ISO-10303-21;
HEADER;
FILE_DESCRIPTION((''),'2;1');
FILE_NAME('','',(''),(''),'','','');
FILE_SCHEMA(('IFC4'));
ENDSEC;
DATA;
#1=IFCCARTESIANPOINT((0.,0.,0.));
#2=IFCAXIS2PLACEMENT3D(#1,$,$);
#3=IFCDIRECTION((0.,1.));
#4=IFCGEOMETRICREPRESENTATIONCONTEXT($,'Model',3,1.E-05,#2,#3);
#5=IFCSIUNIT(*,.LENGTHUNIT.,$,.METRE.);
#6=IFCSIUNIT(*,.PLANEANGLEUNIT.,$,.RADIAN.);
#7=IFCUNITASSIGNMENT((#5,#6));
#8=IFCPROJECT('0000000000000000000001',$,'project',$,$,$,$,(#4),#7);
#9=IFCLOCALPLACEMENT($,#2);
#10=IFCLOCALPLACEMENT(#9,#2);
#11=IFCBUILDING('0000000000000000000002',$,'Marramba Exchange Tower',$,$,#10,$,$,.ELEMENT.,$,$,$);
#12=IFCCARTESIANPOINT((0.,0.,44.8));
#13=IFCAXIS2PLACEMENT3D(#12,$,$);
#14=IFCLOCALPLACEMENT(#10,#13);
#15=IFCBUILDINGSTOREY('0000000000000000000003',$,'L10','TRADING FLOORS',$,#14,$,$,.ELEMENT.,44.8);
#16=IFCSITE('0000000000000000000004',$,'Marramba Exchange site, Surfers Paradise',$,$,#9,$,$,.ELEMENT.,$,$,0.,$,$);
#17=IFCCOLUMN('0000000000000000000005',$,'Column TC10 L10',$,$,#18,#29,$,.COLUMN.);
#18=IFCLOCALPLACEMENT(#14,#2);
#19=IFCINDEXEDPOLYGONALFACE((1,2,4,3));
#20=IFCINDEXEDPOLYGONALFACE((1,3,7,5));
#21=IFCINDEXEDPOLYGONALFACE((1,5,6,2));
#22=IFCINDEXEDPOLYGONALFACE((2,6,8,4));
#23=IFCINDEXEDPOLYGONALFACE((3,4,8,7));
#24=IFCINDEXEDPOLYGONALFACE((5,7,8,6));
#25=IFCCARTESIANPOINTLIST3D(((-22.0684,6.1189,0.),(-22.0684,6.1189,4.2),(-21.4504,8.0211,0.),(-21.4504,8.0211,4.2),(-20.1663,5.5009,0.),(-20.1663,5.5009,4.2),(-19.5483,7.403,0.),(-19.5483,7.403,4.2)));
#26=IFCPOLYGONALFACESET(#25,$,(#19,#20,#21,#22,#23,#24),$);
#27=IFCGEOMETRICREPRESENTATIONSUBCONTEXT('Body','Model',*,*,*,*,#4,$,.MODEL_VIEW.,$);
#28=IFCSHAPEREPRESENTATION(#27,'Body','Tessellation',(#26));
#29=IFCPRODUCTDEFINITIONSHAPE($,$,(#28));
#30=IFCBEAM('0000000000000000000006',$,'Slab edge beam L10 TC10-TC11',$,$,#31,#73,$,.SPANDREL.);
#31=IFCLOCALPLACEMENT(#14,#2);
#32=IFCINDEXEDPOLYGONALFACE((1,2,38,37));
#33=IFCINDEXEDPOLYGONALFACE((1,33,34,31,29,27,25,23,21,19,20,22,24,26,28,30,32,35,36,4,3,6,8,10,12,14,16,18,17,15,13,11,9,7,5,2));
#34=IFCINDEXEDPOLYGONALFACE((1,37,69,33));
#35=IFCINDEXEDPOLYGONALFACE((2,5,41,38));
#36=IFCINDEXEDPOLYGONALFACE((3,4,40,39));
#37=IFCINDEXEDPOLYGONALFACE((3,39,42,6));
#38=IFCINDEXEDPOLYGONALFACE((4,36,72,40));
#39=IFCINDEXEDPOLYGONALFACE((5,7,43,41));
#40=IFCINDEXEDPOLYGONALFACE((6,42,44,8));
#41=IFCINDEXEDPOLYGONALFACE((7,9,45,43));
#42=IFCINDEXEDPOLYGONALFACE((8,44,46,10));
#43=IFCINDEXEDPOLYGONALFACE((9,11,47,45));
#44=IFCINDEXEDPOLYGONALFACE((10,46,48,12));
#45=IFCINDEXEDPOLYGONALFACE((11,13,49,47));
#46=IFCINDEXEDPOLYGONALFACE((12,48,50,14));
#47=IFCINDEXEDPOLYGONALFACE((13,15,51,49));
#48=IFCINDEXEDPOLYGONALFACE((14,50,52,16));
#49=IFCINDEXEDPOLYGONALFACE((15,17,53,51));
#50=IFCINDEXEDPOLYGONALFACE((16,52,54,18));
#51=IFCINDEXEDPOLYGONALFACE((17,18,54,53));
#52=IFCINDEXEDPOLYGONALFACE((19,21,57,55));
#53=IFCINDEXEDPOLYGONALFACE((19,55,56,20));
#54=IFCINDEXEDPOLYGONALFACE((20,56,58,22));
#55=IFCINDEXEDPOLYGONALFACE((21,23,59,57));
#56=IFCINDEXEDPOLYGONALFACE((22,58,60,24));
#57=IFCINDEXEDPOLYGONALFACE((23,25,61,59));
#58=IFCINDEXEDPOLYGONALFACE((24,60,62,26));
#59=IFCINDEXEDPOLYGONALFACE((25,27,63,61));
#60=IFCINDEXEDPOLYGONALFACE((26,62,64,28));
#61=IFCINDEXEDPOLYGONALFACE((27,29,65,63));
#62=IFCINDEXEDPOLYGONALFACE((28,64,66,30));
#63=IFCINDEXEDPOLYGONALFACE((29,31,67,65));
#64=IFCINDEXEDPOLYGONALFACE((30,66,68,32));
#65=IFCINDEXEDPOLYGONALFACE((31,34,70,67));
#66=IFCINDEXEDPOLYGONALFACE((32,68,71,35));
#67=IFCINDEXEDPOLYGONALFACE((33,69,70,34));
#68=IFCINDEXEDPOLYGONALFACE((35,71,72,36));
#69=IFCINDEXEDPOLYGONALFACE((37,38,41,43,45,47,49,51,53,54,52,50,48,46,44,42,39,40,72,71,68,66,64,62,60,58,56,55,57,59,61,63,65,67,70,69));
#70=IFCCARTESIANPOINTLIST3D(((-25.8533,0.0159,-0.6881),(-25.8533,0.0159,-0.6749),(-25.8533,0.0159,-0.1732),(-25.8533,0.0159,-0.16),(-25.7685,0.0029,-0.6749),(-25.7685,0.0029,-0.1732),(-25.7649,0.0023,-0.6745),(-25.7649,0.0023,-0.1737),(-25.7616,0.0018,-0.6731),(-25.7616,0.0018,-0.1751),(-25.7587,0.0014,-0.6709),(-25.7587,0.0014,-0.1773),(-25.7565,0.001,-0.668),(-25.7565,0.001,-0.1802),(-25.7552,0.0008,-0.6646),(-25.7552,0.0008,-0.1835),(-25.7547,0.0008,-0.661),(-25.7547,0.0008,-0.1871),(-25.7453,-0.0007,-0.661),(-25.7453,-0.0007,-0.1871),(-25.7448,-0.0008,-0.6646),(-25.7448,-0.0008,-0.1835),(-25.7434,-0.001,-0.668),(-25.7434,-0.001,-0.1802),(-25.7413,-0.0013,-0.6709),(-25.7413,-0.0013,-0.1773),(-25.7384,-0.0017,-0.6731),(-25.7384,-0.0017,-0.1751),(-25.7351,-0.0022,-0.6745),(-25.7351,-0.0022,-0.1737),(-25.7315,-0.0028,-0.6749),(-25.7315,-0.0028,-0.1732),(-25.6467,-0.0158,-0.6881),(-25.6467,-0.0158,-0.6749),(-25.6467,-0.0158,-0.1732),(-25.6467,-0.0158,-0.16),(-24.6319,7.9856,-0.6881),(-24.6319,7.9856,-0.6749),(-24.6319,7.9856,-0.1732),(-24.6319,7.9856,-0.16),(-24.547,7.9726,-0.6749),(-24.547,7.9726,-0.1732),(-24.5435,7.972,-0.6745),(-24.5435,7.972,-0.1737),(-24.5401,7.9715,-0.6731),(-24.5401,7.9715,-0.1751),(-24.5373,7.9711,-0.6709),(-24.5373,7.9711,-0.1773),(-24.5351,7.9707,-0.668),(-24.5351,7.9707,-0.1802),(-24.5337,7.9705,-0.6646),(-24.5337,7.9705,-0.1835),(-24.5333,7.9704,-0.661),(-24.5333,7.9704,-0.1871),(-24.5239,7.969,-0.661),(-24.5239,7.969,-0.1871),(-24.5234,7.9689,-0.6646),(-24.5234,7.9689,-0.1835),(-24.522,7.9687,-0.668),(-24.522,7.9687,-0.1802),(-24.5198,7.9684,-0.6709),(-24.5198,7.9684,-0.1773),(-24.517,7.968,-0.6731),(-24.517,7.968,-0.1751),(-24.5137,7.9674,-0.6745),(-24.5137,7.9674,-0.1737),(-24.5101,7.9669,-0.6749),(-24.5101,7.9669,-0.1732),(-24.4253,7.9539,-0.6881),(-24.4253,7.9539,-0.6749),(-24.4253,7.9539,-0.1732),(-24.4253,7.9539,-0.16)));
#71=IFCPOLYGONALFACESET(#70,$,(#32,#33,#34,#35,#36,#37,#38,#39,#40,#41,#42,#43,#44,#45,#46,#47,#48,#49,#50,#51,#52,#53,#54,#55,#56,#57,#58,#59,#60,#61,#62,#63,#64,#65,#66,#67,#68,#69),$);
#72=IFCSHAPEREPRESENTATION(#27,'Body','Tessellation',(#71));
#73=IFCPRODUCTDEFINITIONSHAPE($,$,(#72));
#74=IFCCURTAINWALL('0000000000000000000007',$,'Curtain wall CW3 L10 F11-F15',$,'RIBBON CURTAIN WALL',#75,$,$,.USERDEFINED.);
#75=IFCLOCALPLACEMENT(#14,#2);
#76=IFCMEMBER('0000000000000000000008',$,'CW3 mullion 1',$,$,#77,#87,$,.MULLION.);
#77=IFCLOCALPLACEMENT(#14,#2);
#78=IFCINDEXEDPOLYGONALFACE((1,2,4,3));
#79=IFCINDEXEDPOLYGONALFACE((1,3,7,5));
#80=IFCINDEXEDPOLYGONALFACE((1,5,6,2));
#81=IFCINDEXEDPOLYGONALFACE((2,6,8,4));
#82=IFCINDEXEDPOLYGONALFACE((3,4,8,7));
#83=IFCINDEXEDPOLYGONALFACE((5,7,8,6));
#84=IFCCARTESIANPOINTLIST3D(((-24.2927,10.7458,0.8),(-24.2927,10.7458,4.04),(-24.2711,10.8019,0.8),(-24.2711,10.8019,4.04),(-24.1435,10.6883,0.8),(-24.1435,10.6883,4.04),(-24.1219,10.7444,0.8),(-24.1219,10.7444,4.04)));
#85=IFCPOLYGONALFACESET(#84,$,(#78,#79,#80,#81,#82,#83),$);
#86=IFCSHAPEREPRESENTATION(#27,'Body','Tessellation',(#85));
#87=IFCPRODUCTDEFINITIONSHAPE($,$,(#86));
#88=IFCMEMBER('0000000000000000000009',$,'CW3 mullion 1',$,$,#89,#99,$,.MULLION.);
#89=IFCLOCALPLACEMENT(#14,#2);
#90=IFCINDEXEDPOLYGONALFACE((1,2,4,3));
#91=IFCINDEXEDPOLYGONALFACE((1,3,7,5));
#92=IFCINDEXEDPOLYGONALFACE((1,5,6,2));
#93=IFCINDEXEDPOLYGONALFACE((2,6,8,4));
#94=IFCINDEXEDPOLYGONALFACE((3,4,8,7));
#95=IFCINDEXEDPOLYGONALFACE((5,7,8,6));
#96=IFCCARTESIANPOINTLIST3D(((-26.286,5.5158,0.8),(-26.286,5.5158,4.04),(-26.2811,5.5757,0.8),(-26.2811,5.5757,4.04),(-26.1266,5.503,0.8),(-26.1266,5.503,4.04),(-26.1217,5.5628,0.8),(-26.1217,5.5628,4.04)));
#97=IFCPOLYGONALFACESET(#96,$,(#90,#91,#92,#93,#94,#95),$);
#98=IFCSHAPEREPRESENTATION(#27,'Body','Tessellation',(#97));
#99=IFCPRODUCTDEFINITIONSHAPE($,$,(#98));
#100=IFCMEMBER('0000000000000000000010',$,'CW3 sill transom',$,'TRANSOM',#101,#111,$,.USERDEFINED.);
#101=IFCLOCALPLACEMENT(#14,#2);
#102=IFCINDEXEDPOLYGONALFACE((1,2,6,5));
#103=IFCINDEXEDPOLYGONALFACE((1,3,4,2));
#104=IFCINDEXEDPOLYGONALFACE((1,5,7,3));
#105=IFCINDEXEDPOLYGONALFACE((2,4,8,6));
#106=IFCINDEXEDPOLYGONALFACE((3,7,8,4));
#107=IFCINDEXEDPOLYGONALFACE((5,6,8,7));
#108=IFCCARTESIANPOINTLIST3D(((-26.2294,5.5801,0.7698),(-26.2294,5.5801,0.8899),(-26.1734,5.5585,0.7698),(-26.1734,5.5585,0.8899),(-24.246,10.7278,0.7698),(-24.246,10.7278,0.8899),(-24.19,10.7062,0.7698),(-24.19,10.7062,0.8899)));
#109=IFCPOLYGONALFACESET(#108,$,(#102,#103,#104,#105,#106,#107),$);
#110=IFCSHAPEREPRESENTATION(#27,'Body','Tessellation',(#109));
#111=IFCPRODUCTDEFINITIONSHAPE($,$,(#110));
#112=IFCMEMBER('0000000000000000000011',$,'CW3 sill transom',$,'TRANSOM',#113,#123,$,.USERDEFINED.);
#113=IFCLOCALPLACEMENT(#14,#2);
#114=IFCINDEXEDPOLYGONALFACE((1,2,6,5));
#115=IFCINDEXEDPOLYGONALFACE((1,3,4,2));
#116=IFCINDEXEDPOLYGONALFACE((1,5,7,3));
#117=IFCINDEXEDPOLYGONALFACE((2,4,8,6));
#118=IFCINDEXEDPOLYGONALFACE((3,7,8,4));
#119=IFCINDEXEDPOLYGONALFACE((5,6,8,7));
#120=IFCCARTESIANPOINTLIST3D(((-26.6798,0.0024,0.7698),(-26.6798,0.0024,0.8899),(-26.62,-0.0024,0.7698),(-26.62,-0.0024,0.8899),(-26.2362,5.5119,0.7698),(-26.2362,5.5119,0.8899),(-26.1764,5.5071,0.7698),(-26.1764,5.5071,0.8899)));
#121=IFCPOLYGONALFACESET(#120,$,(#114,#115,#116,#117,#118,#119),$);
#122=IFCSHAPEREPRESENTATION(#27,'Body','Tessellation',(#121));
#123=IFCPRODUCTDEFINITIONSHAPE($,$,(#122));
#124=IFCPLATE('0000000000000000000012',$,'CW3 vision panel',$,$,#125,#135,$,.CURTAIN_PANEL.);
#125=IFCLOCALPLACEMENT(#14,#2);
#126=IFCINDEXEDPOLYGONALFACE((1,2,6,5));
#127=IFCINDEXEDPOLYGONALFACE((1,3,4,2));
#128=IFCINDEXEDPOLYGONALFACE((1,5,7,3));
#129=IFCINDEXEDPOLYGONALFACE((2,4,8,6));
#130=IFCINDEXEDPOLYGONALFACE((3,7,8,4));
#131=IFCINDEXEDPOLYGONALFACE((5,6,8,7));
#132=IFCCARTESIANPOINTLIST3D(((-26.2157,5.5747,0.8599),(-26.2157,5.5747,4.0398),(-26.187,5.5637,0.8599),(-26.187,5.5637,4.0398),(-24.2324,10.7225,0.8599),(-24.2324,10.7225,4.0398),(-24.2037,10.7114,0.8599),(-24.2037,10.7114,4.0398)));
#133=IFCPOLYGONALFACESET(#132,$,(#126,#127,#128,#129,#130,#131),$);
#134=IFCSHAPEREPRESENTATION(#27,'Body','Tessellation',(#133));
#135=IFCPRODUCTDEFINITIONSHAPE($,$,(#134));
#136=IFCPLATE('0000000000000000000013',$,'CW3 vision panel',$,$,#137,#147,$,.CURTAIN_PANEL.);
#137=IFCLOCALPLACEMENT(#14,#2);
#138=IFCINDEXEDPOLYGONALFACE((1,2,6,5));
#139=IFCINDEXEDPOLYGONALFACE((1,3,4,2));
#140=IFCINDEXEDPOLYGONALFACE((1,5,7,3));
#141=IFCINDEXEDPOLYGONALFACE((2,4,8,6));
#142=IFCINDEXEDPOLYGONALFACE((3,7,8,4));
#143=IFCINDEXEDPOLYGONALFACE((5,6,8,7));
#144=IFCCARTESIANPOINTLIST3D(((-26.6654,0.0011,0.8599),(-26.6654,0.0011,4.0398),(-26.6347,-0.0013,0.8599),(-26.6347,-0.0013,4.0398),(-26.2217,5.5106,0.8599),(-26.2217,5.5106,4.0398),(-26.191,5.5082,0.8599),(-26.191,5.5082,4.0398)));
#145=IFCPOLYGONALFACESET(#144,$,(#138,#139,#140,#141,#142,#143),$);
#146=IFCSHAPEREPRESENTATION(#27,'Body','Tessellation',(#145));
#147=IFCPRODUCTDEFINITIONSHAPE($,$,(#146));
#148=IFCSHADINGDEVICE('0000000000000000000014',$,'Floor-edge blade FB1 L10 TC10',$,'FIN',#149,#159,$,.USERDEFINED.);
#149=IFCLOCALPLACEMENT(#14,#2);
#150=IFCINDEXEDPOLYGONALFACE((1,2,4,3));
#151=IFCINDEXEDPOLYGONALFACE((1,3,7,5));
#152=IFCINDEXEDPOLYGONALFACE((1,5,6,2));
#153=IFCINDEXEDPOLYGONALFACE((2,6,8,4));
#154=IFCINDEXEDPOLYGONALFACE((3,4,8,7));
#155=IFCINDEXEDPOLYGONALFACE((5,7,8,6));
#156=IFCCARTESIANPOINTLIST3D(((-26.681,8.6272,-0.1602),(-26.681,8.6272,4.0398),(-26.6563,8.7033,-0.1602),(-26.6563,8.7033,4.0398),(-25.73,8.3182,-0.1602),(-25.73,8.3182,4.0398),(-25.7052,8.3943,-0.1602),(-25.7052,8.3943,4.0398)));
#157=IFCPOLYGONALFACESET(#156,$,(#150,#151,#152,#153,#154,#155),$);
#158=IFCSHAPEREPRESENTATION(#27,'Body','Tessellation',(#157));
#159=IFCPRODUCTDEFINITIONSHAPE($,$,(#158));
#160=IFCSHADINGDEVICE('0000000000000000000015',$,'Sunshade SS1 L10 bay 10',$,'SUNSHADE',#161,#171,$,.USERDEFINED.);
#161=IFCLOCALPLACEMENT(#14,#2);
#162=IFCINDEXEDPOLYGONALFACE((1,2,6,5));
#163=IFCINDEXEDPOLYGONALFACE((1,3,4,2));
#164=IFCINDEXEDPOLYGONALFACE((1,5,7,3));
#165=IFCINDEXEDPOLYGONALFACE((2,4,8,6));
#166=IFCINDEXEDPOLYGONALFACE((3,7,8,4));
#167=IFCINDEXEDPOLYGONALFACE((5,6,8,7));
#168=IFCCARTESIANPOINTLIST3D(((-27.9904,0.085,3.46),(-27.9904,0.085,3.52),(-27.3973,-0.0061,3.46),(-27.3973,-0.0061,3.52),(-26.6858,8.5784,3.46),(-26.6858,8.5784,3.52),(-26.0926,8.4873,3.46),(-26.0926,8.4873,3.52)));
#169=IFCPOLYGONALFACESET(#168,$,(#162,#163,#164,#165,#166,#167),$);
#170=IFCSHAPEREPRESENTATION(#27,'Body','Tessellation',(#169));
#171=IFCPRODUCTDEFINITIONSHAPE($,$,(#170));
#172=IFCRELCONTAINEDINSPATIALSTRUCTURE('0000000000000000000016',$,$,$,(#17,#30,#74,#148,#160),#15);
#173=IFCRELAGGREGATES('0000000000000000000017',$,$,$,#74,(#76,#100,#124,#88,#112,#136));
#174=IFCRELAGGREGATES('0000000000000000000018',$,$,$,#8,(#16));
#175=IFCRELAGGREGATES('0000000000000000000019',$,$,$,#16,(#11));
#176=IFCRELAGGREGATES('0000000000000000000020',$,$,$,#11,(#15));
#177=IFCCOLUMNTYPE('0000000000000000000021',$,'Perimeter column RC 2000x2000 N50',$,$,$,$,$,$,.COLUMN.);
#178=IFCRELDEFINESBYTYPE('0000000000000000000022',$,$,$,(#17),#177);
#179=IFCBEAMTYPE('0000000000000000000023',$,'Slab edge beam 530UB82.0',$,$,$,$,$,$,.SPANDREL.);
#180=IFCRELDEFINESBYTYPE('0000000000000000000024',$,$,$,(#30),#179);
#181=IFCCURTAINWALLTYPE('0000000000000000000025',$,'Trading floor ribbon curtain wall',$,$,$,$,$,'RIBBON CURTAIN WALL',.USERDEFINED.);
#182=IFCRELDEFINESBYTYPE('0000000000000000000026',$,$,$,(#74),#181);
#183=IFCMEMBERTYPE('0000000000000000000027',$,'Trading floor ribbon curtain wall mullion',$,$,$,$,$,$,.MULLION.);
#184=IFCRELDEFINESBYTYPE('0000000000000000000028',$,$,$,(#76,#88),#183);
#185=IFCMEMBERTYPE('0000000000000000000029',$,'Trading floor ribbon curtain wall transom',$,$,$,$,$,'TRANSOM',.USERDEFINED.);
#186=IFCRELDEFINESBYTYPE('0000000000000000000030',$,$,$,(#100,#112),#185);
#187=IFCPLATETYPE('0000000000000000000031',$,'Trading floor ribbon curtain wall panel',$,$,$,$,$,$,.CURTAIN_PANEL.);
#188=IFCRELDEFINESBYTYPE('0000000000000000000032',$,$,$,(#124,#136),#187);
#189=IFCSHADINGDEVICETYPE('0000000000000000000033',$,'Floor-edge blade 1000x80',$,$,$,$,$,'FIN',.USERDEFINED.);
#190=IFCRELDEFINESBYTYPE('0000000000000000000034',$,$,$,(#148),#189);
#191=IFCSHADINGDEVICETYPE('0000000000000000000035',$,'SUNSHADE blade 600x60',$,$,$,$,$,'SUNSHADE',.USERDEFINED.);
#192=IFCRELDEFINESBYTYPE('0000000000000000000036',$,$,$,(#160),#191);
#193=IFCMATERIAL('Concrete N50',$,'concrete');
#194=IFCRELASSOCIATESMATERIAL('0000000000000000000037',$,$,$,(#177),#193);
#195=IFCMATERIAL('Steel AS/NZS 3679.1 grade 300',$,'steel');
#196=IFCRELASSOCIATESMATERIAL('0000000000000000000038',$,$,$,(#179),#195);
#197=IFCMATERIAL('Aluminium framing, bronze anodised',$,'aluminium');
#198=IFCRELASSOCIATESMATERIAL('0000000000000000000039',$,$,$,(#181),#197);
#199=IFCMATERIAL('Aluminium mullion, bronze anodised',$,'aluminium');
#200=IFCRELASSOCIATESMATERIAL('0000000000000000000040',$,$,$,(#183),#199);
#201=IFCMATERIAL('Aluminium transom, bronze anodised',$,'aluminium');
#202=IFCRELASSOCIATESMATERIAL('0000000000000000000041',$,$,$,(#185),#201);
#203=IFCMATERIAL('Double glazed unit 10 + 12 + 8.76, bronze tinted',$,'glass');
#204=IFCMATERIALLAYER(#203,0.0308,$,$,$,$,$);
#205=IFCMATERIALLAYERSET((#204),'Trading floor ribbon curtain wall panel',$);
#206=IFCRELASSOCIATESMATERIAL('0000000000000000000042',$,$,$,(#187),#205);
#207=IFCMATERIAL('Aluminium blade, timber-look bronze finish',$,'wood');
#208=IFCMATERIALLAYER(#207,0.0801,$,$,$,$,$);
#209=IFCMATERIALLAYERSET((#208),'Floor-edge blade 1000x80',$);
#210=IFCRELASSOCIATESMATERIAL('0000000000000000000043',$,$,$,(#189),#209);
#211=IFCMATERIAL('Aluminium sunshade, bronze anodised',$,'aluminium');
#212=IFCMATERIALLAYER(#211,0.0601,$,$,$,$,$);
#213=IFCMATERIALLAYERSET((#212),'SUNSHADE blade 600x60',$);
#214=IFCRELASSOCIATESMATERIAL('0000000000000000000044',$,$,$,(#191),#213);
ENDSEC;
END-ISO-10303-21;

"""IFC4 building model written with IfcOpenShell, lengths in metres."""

from ifc_helpers import new_model, si_unit, direction, frame, origin, origin_2d, place, context, subcontext, project, spatial, rectangle, i_section, extrude, material, layer, layer_set, material_profile, profile_set, type_object, element, aggregate, save


model = new_model("IFC4")

# Units and contexts
model_context = context("Model", 3, precision=1e-05, world=origin(), true_north=direction((0.0, 1.0)))
body_context = subcontext(model_context, "Body", "Model", "MODEL_VIEW")
ifc_project = project(units=[si_unit("LENGTHUNIT", "METRE"), si_unit("PLANEANGLEUNIT", "RADIAN")], contexts=[model_context])

# Site, building, storey
site_placement = place(None, origin())
site = spatial("IfcSite", under=ifc_project, at=site_placement, Name="Marramba Exchange site, Surfers Paradise", CompositionType="ELEMENT", RefElevation=0.0)
building_placement = place(site_placement, origin())
building = spatial("IfcBuilding", under=site, at=building_placement, Name="Marramba Exchange Tower", CompositionType="ELEMENT")
storey_placement = place(building_placement, frame((0.0, 0.0, 44.8)))
storey = spatial("IfcBuildingStorey", under=building, at=storey_placement, Name="L10", Description="TRADING FLOORS", CompositionType="ELEMENT", Elevation=44.8)

# Column
ifc_material_1 = material(Name="Concrete N50", Category="concrete")
ifc_material_profile_1 = material_profile(ifc_material_1, rectangle(XDim=2.0, YDim=2.0, at=origin_2d()), Name="RC 2000x2000")
ifc_profile_set_1 = profile_set([ifc_material_profile_1], Name="Concrete N50")
column_type = type_object("IfcColumnType", Name="Perimeter column RC 2000x2000 N50", PredefinedType="COLUMN", material=ifc_profile_set_1)
column_placement = place(storey_placement, frame((-20.8083, 6.761, 0.0), z_axis=(0.0, 0.0, 1.0), x_axis=(-0.951057, 0.309017, 0.0)))
element("IfcColumn", 1, at=column_placement, inside=storey, type_object=column_type, Name="Column TC10 L10", PredefinedType="COLUMN", context=body_context, shape_type="SweptSolid", body=[
    extrude(rectangle(XDim=2.0, YDim=2.0, at=origin_2d()), origin(), (0.0, 0.0, 1.0), 4.2),
])

# Beam
ifc_material_2 = material(Name="Steel AS/NZS 3679.1 grade 300", Category="steel")
ifc_material_profile_2 = material_profile(ifc_material_2, i_section(OverallWidth=0.209, OverallDepth=0.5281, WebThickness=0.0095, FlangeThickness=0.0132, FilletRadius=0.0139, at=origin_2d()), Name="530UB82.0")
ifc_profile_set_2 = profile_set([ifc_material_profile_2], Name="Steel AS/NZS 3679.1 grade 300")
beam_type = type_object("IfcBeamType", Name="Slab edge beam 530UB82.0", PredefinedType="SPANDREL", material=ifc_profile_set_2)
beam_placement = place(storey_placement, frame((-24.5286, 7.9697, -0.4241), z_axis=(-0.151491, -0.988459, 0.0), x_axis=(0.988459, -0.151491, 0.0)))
element("IfcBeam", 2, at=beam_placement, inside=storey, type_object=beam_type, Name="Slab edge beam L10 TC10-TC11", PredefinedType="SPANDREL", context=body_context, shape_type="SweptSolid", body=[
    extrude(i_section(OverallWidth=0.209, OverallDepth=0.5281, WebThickness=0.0095, FlangeThickness=0.0132, FilletRadius=0.0139, at=origin_2d()), origin(), (0.0, 0.0, 1.0), 8.0627),
])

# Curtain wall, members, plates
ifc_material_3 = material(Name="Aluminium framing, bronze anodised", Category="aluminium")
curtain_wall_type = type_object("IfcCurtainWallType", Name="Trading floor ribbon curtain wall", ElementType="RIBBON CURTAIN WALL", PredefinedType="USERDEFINED", material=ifc_material_3)
curtain_wall_placement = place(storey_placement, origin())
curtain_wall = element("IfcCurtainWall", 3, at=curtain_wall_placement, inside=storey, type_object=curtain_wall_type, Name="Curtain wall CW3 L10 F11-F15", ObjectType="RIBBON CURTAIN WALL", PredefinedType="USERDEFINED")
ifc_material_4 = material(Name="Aluminium mullion, bronze anodised", Category="aluminium")
ifc_material_profile_3 = material_profile(ifc_material_4, rectangle(XDim=0.1599, YDim=0.0601, at=origin_2d()), Name="CW3 mullion 60x160")
ifc_profile_set_3 = profile_set([ifc_material_profile_3], Name="Aluminium mullion, bronze anodised")
member_type_1 = type_object("IfcMemberType", Name="Trading floor ribbon curtain wall mullion", PredefinedType="MULLION", material=ifc_profile_set_3)
member_1_placement = place(storey_placement, frame((-24.2073, 10.7451, 0.8), z_axis=(0.0, 0.0, 1.0), x_axis=(0.933135, -0.359526, 0.0)))
member_1 = element("IfcMember", 4, at=member_1_placement, type_object=member_type_1, Name="CW3 mullion 1", PredefinedType="MULLION", context=body_context, shape_type="SweptSolid", body=[
    extrude(rectangle(XDim=0.1599, YDim=0.0601, at=origin_2d()), origin(), (0.0, 0.0, 1.0), 3.24),
])
member_2_placement = place(storey_placement, frame((-26.2039, 5.5393, 0.8), z_axis=(0.0, 0.0, 1.0), x_axis=(0.996773, -0.080275, 0.0)))
member_2 = element("IfcMember", 5, at=member_2_placement, type_object=member_type_1, Name="CW3 mullion 1", PredefinedType="MULLION", context=body_context, shape_type="SweptSolid", body=[
    extrude(rectangle(XDim=0.1599, YDim=0.0601, at=origin_2d()), origin(), (0.0, 0.0, 1.0), 3.24),
])
ifc_material_5 = material(Name="Aluminium transom, bronze anodised", Category="aluminium")
ifc_material_profile_4 = material_profile(ifc_material_5, rectangle(XDim=0.0601, YDim=0.1201, at=origin_2d()), Name="CW3 transom 60x120")
ifc_profile_set_4 = profile_set([ifc_material_profile_4], Name="Aluminium transom, bronze anodised")
member_type_2 = type_object("IfcMemberType", Name="Trading floor ribbon curtain wall transom", ElementType="TRANSOM", PredefinedType="USERDEFINED", material=ifc_profile_set_4)
member_3_placement = place(storey_placement, frame((-24.218, 10.717, 0.8298), z_axis=(-0.359534, -0.933132, 0.0), x_axis=(0.933132, -0.359534, 0.0)))
member_3 = element("IfcMember", 6, at=member_3_placement, type_object=member_type_2, Name="CW3 sill transom", ObjectType="TRANSOM", PredefinedType="USERDEFINED", context=body_context, shape_type="SweptSolid", body=[
    extrude(rectangle(XDim=0.0601, YDim=0.1201, at=origin_2d()), origin(), (0.0, 0.0, 1.0), 5.5166),
])
member_4_placement = place(storey_placement, frame((-26.2063, 5.5095, 0.8298), z_axis=(-0.080256, -0.996774, 0.0), x_axis=(0.996774, -0.080256, 0.0)))
member_4 = element("IfcMember", 7, at=member_4_placement, type_object=member_type_2, Name="CW3 sill transom", ObjectType="TRANSOM", PredefinedType="USERDEFINED", context=body_context, shape_type="SweptSolid", body=[
    extrude(rectangle(XDim=0.0601, YDim=0.1201, at=origin_2d()), origin(), (0.0, 0.0, 1.0), 5.5273),
])
ifc_material_6 = material(Name="Double glazed unit 10 + 12 + 8.76, bronze tinted", Category="glass")
ifc_layer_1 = layer(ifc_material_6, 0.0308)
ifc_layer_set_1 = layer_set([ifc_layer_1], Name="Trading floor ribbon curtain wall panel")
plate_type = type_object("IfcPlateType", Name="Trading floor ribbon curtain wall panel", PredefinedType="CURTAIN_PANEL", material=ifc_layer_set_1)
plate_1_placement = place(storey_placement, frame((-25.2097, 8.1431, 0.8599), z_axis=(0.0, 0.0, 1.0), x_axis=(-0.359526, -0.933135, 0.0)))
plate_1 = element("IfcPlate", 8, at=plate_1_placement, type_object=plate_type, Name="CW3 vision panel", PredefinedType="CURTAIN_PANEL", context=body_context, shape_type="SweptSolid", body=[
    extrude(rectangle(XDim=5.5166, YDim=0.0308, at=origin_2d()), origin(), (0.0, 0.0, 1.0), 3.1799),
])
plate_2_placement = place(storey_placement, frame((-26.4282, 2.7546, 0.8599), z_axis=(0.0, 0.0, 1.0), x_axis=(-0.080275, -0.996773, 0.0)))
plate_2 = element("IfcPlate", 9, at=plate_2_placement, type_object=plate_type, Name="CW3 vision panel", PredefinedType="CURTAIN_PANEL", context=body_context, shape_type="SweptSolid", body=[
    extrude(rectangle(XDim=5.5273, YDim=0.0308, at=origin_2d()), origin(), (0.0, 0.0, 1.0), 3.1799),
])
aggregate(curtain_wall, [member_1, member_3, plate_1, member_2, member_4, plate_2])

# Shading devices
ifc_material_7 = material(Name="Aluminium blade, timber-look bronze finish", Category="wood")
ifc_layer_2 = layer(ifc_material_7, 0.0801)
ifc_layer_set_2 = layer_set([ifc_layer_2], Name="Floor-edge blade 1000x80")
shading_device_type_1 = type_object("IfcShadingDeviceType", Name="Floor-edge blade 1000x80", ElementType="FIN", PredefinedType="USERDEFINED", material=ifc_layer_set_2)
shading_device_1_placement = place(storey_placement, frame((-26.1931, 8.5107, -0.1602), z_axis=(0.0, 0.0, 1.0), x_axis=(-0.951057, 0.309017, 0.0)))
element("IfcShadingDevice", 10, at=shading_device_1_placement, inside=storey, type_object=shading_device_type_1, Name="Floor-edge blade FB1 L10 TC10", ObjectType="FIN", PredefinedType="USERDEFINED", context=body_context, shape_type="SweptSolid", body=[
    extrude(rectangle(XDim=1.0, YDim=0.0801, at=origin_2d()), origin(), (0.0, 0.0, 1.0), 4.2),
])
ifc_material_8 = material(Name="Aluminium sunshade, bronze anodised", Category="aluminium")
ifc_layer_3 = layer(ifc_material_8, 0.0601)
ifc_layer_set_3 = layer_set([ifc_layer_3], Name="SUNSHADE blade 600x60")
shading_device_type_2 = type_object("IfcShadingDeviceType", Name="SUNSHADE blade 600x60", ElementType="SUNSHADE", PredefinedType="USERDEFINED", material=ifc_layer_set_3)
shading_device_2_placement = place(storey_placement, frame((-27.0415, 4.2861, 3.46), z_axis=(0.0, 0.0, 1.0), x_axis=(-0.151825, -0.988407, 0.0)))
element("IfcShadingDevice", 11, at=shading_device_2_placement, inside=storey, type_object=shading_device_type_2, Name="Sunshade SS1 L10 bay 10", ObjectType="SUNSHADE", PredefinedType="USERDEFINED", context=body_context, shape_type="SweptSolid", body=[
    extrude(rectangle(XDim=8.593, YDim=0.6001, at=origin_2d()), origin(), (0.0, 0.0, 1.0), 0.0601),
])

save(model, "model.ifc")
